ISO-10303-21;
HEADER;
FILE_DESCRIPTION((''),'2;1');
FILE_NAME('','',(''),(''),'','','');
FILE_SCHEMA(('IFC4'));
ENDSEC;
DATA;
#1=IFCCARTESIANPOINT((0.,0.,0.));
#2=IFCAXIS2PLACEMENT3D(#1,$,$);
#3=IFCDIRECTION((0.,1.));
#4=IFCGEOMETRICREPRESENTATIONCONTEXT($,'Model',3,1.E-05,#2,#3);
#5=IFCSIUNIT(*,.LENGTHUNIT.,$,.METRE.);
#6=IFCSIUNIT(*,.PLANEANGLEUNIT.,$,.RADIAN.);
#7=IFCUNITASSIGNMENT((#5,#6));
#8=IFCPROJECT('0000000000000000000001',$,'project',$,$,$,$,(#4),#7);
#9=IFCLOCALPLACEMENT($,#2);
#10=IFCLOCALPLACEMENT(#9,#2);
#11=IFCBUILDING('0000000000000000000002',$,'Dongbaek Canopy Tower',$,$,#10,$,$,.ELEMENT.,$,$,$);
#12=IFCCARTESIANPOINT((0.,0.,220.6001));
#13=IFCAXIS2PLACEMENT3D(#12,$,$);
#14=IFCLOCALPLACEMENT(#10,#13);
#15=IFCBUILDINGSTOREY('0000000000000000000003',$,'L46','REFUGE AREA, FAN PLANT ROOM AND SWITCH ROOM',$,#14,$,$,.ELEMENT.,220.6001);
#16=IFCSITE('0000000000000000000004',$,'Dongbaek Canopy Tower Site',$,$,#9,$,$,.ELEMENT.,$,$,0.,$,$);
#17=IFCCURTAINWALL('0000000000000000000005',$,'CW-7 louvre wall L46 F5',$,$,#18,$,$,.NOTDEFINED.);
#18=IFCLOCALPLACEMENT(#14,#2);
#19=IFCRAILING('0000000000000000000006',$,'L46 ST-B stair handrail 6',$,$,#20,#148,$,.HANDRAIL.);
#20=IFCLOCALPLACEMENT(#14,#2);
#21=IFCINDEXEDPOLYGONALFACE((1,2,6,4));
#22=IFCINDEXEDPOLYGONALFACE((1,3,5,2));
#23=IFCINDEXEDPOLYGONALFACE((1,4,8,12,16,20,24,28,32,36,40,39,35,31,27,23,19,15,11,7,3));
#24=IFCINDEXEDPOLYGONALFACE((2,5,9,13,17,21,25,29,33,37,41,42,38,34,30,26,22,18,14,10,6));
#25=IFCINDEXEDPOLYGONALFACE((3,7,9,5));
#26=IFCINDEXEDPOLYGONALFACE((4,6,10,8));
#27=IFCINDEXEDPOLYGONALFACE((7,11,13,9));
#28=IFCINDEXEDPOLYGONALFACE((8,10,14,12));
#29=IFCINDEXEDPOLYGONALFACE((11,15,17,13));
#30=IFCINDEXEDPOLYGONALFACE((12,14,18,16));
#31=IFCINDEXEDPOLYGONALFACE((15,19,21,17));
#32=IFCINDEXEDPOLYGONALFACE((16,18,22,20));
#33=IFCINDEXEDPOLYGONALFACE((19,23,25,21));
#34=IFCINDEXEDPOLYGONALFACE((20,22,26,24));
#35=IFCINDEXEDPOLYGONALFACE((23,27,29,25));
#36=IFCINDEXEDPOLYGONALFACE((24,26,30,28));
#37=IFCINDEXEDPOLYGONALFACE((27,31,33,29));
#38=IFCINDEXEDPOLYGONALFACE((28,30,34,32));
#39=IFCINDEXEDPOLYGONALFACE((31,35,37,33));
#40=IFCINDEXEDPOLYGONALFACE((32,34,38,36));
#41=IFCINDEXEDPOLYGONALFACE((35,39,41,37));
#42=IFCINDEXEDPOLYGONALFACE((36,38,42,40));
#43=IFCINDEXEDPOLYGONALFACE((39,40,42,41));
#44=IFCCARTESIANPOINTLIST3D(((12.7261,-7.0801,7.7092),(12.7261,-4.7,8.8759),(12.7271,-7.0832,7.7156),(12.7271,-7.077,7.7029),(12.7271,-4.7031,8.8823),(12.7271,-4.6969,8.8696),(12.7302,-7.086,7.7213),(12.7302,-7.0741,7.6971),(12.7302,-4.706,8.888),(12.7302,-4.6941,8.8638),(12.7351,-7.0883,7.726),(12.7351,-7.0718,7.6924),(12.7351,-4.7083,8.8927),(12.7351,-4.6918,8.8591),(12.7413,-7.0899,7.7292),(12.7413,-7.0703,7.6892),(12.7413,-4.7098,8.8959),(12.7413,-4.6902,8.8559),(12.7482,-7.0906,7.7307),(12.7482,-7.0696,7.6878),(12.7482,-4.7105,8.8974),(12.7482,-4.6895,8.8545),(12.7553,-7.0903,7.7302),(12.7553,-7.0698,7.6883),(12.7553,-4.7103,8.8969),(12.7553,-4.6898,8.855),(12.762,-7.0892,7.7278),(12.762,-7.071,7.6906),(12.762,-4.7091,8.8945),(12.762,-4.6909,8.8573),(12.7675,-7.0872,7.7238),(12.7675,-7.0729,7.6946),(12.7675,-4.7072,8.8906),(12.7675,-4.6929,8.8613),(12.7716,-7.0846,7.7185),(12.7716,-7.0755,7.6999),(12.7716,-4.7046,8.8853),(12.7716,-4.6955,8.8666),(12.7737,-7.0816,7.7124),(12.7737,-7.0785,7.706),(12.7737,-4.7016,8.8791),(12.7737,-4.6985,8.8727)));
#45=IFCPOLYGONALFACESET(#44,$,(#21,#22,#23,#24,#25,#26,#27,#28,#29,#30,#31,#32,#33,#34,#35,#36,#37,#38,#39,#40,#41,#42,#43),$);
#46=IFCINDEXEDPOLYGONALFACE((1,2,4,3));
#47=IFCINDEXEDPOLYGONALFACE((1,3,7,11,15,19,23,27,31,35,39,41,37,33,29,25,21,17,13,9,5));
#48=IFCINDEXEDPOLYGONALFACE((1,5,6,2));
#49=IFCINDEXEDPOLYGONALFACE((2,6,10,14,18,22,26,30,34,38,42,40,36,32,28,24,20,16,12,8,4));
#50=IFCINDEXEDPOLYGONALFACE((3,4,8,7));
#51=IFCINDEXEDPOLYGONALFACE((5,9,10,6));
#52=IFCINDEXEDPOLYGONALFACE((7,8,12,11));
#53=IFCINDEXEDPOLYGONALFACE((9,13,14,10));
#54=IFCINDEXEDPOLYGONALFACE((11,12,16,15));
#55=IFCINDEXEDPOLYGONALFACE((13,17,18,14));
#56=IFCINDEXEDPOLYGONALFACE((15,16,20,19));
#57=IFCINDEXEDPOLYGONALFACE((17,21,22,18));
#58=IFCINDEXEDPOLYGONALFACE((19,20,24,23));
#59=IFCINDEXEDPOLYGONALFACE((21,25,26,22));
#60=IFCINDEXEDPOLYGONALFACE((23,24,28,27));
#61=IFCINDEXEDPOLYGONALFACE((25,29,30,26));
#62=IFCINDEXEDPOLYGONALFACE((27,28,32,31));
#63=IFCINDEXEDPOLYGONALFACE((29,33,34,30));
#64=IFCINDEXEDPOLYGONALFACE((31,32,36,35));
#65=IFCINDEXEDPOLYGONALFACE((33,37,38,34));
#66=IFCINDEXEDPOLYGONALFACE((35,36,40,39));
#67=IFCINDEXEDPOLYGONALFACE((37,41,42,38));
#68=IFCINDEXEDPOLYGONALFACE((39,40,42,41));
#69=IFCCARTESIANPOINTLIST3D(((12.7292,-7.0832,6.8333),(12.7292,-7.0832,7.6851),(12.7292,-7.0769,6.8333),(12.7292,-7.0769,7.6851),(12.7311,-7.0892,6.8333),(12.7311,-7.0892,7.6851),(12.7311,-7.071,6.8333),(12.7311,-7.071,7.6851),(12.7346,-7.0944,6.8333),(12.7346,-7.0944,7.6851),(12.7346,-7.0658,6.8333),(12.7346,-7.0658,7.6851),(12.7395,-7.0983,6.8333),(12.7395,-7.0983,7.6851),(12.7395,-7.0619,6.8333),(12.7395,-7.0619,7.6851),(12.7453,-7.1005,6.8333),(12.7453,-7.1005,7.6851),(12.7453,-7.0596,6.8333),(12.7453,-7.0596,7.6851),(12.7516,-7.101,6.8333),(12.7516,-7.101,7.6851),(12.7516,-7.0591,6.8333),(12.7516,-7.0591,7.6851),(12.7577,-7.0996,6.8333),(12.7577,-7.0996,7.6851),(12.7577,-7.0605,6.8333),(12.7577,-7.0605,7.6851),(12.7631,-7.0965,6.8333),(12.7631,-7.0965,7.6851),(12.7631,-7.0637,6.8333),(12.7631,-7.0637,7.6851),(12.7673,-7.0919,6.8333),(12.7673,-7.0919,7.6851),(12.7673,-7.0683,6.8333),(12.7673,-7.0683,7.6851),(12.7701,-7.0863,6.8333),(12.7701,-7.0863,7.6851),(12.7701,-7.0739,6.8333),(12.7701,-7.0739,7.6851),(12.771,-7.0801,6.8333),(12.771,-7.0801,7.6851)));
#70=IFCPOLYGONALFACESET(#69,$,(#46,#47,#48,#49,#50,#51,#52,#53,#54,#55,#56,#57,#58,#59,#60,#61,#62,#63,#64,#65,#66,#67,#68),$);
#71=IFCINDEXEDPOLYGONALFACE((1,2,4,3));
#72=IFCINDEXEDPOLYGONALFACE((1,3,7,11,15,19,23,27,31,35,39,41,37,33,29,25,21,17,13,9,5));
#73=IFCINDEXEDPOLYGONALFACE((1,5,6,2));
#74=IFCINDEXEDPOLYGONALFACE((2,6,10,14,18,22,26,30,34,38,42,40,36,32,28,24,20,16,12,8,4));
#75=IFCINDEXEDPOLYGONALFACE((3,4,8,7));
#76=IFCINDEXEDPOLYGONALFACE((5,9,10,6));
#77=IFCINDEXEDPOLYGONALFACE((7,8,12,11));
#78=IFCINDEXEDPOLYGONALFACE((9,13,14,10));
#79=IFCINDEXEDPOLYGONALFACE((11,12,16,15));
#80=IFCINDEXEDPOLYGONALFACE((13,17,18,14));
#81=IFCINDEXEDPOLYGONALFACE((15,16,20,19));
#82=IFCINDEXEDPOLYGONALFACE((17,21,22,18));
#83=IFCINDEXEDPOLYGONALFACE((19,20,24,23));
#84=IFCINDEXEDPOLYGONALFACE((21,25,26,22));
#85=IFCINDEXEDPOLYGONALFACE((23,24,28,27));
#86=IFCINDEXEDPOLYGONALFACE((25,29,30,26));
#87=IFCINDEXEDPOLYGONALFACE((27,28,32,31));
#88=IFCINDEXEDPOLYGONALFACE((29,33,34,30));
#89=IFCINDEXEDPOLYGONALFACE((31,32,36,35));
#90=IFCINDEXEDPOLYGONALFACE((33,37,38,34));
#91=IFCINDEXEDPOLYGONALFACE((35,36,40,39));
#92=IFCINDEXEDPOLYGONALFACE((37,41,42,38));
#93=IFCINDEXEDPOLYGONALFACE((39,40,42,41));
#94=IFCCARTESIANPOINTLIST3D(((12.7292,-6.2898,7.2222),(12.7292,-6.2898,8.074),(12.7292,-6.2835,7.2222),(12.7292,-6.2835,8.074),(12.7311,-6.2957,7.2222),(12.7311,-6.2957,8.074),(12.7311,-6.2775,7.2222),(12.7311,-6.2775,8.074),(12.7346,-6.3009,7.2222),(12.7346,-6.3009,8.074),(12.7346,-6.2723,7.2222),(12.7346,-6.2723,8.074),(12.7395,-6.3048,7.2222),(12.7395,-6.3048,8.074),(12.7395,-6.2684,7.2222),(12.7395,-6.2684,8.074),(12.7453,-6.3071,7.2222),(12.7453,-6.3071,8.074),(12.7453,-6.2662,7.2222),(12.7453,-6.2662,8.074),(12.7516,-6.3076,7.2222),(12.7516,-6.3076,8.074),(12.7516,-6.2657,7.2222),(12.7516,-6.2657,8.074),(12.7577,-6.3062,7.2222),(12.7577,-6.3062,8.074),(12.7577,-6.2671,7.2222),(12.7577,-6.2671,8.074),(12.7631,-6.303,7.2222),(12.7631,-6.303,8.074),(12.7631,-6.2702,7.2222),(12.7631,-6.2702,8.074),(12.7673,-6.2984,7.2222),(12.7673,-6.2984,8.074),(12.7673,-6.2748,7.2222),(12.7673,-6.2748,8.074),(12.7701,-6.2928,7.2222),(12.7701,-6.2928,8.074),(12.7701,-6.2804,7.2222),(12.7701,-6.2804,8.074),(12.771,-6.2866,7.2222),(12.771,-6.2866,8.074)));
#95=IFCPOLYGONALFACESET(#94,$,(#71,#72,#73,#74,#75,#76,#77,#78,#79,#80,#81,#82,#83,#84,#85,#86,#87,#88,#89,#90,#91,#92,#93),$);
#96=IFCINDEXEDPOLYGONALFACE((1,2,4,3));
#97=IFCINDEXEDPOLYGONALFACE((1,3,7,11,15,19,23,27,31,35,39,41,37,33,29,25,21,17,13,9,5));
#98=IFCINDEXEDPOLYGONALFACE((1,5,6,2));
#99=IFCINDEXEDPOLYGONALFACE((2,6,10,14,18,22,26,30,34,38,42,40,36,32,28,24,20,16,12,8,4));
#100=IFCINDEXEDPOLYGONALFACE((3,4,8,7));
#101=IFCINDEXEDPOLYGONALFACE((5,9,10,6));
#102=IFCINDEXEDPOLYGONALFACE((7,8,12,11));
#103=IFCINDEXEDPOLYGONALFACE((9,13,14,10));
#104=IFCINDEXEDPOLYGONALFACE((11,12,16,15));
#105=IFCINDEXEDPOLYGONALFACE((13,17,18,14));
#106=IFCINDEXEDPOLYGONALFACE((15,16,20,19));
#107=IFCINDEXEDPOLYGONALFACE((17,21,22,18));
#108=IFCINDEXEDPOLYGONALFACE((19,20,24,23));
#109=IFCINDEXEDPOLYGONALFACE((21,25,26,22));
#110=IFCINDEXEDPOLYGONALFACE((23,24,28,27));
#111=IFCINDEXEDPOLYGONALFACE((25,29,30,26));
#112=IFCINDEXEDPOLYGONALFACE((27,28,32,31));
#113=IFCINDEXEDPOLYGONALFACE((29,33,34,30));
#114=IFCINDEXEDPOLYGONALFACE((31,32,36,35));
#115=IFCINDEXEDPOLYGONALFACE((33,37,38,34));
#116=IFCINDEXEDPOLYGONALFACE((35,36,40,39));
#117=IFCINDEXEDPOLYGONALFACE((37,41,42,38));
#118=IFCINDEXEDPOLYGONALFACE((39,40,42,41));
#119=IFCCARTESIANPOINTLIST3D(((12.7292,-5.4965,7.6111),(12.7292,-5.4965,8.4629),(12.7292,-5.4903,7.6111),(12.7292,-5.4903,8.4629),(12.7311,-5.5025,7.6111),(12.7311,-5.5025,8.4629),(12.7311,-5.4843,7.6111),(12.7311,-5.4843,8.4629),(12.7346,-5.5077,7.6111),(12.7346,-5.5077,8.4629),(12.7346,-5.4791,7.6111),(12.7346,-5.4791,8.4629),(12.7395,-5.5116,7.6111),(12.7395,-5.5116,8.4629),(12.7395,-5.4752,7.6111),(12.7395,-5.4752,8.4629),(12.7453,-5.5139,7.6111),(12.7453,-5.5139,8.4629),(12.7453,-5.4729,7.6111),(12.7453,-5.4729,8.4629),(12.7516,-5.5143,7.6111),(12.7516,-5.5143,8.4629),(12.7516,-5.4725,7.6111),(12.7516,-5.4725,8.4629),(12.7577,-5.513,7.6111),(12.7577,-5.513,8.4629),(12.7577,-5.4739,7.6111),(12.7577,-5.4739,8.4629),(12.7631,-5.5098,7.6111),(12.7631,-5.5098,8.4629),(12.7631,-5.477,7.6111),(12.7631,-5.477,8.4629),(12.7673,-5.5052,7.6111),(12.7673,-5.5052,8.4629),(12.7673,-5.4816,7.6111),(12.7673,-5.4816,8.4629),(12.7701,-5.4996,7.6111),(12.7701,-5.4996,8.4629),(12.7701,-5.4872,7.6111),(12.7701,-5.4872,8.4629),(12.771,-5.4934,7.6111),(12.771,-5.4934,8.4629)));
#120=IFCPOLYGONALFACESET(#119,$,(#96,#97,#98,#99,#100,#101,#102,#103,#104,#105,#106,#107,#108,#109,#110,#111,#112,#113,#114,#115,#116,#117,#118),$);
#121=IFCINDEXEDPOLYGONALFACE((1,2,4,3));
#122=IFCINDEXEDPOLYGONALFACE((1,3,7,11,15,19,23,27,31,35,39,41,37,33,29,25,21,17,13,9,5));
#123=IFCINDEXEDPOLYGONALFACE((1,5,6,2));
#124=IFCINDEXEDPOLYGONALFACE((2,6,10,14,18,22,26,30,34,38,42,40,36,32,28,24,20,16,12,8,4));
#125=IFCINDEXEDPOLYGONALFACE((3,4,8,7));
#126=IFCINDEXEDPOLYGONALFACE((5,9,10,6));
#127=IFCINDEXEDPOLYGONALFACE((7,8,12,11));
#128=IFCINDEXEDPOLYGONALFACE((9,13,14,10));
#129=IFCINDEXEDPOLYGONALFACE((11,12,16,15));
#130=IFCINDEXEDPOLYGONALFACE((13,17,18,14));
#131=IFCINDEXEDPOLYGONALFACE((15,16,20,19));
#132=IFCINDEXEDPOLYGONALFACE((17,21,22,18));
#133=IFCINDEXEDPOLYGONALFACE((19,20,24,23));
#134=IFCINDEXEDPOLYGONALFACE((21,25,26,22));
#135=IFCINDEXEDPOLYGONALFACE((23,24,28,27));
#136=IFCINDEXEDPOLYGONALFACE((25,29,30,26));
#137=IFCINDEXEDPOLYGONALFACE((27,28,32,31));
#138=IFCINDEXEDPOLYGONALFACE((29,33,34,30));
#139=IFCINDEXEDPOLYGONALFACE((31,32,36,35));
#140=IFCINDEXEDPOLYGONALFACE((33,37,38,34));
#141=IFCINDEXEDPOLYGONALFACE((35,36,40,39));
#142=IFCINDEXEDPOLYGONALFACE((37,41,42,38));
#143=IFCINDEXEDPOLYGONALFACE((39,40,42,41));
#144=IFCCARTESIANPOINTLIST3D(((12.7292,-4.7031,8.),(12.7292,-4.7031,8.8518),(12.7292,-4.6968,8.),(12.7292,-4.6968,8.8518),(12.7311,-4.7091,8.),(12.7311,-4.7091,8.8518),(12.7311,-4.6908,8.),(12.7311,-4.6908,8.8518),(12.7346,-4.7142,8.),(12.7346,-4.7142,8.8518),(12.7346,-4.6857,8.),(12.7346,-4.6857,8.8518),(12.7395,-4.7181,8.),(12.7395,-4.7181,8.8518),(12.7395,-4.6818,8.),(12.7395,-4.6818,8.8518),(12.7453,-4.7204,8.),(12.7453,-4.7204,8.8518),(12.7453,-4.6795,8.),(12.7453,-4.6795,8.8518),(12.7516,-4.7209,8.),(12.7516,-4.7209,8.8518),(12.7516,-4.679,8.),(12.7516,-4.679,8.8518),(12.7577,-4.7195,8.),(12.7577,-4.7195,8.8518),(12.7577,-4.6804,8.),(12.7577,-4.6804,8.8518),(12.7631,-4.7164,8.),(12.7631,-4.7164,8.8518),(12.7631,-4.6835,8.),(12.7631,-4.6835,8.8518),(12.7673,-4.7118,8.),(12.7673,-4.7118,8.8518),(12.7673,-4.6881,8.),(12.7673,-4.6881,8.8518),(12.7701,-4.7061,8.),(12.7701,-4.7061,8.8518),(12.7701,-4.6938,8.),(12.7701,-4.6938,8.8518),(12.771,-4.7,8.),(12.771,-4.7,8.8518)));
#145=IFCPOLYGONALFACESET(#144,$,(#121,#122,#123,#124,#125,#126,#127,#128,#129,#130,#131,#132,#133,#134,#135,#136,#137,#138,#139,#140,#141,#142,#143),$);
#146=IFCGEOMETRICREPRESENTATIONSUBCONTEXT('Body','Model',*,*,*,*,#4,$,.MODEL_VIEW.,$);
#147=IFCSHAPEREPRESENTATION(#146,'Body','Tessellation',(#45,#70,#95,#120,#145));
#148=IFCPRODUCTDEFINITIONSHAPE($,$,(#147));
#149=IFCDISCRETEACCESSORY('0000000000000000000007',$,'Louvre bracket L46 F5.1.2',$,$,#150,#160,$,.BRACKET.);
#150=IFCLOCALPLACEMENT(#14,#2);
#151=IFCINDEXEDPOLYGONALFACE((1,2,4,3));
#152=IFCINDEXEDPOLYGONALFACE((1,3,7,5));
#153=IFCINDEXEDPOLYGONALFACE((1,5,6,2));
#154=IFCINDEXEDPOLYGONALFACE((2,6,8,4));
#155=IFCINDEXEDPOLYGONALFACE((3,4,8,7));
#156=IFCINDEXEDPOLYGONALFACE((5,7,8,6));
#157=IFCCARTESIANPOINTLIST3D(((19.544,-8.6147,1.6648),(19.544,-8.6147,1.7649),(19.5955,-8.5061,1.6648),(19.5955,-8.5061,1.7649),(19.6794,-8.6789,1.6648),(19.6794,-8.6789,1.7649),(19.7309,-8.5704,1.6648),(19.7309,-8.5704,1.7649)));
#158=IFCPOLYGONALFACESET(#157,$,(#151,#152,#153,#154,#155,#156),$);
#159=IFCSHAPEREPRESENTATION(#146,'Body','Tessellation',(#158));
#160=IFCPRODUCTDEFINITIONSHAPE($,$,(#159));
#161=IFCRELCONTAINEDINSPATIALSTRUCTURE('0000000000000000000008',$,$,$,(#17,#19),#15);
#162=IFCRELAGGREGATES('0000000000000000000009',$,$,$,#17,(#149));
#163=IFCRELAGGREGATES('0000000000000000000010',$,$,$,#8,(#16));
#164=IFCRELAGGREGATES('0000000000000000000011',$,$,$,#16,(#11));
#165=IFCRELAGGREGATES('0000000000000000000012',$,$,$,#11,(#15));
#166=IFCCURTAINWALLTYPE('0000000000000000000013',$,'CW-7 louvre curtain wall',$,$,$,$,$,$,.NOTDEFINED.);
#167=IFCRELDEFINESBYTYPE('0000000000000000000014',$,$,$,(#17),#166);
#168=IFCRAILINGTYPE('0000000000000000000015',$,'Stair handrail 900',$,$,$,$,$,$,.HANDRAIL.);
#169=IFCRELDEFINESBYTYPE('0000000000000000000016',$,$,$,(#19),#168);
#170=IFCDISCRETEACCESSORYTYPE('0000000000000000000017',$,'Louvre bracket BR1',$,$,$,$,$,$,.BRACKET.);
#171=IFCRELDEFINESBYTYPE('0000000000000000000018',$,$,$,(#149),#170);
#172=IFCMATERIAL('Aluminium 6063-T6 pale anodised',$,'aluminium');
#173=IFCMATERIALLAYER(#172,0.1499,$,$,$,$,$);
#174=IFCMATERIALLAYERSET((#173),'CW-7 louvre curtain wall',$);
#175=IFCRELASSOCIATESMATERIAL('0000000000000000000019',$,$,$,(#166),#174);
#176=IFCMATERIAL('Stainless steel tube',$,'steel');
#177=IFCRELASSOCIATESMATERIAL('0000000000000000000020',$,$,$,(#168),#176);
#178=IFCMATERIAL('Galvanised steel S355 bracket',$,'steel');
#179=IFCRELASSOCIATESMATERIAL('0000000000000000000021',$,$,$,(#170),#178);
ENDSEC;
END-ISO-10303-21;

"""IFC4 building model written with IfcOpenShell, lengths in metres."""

from ifc_helpers import new_model, si_unit, direction, frame, origin, origin_2d, place, context, subcontext, project, spatial, rectangle, circle, extrude, material, layer, layer_set, type_object, element, aggregate, save


model = new_model("IFC4")

# Units and contexts
model_context = context("Model", 3, precision=1e-05, world=origin(), true_north=direction((0.0, 1.0)))
body_context = subcontext(model_context, "Body", "Model", "MODEL_VIEW")
ifc_project = project(units=[si_unit("LENGTHUNIT", "METRE"), si_unit("PLANEANGLEUNIT", "RADIAN")], contexts=[model_context])

# Site, building, storey
site_placement = place(None, origin())
site = spatial("IfcSite", under=ifc_project, at=site_placement, Name="Dongbaek Canopy Tower Site", CompositionType="ELEMENT", RefElevation=0.0)
building_placement = place(site_placement, origin())
building = spatial("IfcBuilding", under=site, at=building_placement, Name="Dongbaek Canopy Tower", CompositionType="ELEMENT")
storey_placement = place(building_placement, frame((0.0, 0.0, 220.6001)))
storey = spatial("IfcBuildingStorey", under=building, at=storey_placement, Name="L46", Description="REFUGE AREA, FAN PLANT ROOM AND SWITCH ROOM", CompositionType="ELEMENT", Elevation=220.6001)

# Curtain wall
ifc_material_1 = material(Name="Aluminium 6063-T6 pale anodised", Category="aluminium")
ifc_layer_1 = layer(ifc_material_1, 0.1499)
ifc_layer_set_1 = layer_set([ifc_layer_1], Name="CW-7 louvre curtain wall")
curtain_wall_type = type_object("IfcCurtainWallType", Name="CW-7 louvre curtain wall", PredefinedType="NOTDEFINED", material=ifc_layer_set_1)
curtain_wall_placement = place(storey_placement, origin())
curtain_wall = element("IfcCurtainWall", 1, at=curtain_wall_placement, inside=storey, type_object=curtain_wall_type, Name="CW-7 louvre wall L46 F5", PredefinedType="NOTDEFINED")

# Railing
ifc_material_2 = material(Name="Stainless steel tube", Category="steel")
railing_type = type_object("IfcRailingType", Name="Stair handrail 900", PredefinedType="HANDRAIL", material=ifc_material_2)
for number, where, name in (
    (2, (12.75, -7.0801, 6.8333), "L46 ST-B stair handrail 6"),
):
    element("IfcRailing", number, at=place(storey_placement, frame(where)), inside=storey, type_object=railing_type, Name=name, PredefinedType="HANDRAIL", context=body_context, shape_type="SweptSolid", body=[
        extrude(circle(Radius=0.0239, at=origin_2d()), frame((0.0, 0.0, 0.876), z_axis=(0.0, 0.897918, 0.440163), x_axis=(-1.0, 0.0, 0.0)), (0.0, 0.0, 1.0), 2.6506),
        extrude(circle(Radius=0.021, at=origin_2d()), origin(), (0.0, 0.0, 1.0), 0.8518),
        extrude(circle(Radius=0.021, at=origin_2d()), frame((0.0, 0.7935, 0.3889)), (0.0, 0.0, 1.0), 0.8518),
        extrude(circle(Radius=0.021, at=origin_2d()), frame((0.0, 1.5867, 0.7778)), (0.0, 0.0, 1.0), 0.8518),
        extrude(circle(Radius=0.021, at=origin_2d()), frame((0.0, 2.3801, 1.1667)), (0.0, 0.0, 1.0), 0.8518),
    ])

# Discrete accessory
ifc_material_3 = material(Name="Galvanised steel S355 bracket", Category="steel")
discrete_accessory_type = type_object("IfcDiscreteAccessoryType", Name="Louvre bracket BR1", PredefinedType="BRACKET", material=ifc_material_3)
discrete_accessory_placement = place(storey_placement, frame((19.6375, -8.5925, 1.6648), z_axis=(0.0, 0.0, 1.0), x_axis=(0.428545, 0.90352, 0.0)))
discrete_accessory = element("IfcDiscreteAccessory", 3, at=discrete_accessory_placement, type_object=discrete_accessory_type, Name="Louvre bracket L46 F5.1.2", PredefinedType="BRACKET", context=body_context, shape_type="SweptSolid", body=[
    extrude(rectangle(XDim=0.1201, YDim=0.1499, at=origin_2d()), origin(), (0.0, 0.0, 1.0), 0.1001),
])
aggregate(curtain_wall, [discrete_accessory])

save(model, "model.ifc")
